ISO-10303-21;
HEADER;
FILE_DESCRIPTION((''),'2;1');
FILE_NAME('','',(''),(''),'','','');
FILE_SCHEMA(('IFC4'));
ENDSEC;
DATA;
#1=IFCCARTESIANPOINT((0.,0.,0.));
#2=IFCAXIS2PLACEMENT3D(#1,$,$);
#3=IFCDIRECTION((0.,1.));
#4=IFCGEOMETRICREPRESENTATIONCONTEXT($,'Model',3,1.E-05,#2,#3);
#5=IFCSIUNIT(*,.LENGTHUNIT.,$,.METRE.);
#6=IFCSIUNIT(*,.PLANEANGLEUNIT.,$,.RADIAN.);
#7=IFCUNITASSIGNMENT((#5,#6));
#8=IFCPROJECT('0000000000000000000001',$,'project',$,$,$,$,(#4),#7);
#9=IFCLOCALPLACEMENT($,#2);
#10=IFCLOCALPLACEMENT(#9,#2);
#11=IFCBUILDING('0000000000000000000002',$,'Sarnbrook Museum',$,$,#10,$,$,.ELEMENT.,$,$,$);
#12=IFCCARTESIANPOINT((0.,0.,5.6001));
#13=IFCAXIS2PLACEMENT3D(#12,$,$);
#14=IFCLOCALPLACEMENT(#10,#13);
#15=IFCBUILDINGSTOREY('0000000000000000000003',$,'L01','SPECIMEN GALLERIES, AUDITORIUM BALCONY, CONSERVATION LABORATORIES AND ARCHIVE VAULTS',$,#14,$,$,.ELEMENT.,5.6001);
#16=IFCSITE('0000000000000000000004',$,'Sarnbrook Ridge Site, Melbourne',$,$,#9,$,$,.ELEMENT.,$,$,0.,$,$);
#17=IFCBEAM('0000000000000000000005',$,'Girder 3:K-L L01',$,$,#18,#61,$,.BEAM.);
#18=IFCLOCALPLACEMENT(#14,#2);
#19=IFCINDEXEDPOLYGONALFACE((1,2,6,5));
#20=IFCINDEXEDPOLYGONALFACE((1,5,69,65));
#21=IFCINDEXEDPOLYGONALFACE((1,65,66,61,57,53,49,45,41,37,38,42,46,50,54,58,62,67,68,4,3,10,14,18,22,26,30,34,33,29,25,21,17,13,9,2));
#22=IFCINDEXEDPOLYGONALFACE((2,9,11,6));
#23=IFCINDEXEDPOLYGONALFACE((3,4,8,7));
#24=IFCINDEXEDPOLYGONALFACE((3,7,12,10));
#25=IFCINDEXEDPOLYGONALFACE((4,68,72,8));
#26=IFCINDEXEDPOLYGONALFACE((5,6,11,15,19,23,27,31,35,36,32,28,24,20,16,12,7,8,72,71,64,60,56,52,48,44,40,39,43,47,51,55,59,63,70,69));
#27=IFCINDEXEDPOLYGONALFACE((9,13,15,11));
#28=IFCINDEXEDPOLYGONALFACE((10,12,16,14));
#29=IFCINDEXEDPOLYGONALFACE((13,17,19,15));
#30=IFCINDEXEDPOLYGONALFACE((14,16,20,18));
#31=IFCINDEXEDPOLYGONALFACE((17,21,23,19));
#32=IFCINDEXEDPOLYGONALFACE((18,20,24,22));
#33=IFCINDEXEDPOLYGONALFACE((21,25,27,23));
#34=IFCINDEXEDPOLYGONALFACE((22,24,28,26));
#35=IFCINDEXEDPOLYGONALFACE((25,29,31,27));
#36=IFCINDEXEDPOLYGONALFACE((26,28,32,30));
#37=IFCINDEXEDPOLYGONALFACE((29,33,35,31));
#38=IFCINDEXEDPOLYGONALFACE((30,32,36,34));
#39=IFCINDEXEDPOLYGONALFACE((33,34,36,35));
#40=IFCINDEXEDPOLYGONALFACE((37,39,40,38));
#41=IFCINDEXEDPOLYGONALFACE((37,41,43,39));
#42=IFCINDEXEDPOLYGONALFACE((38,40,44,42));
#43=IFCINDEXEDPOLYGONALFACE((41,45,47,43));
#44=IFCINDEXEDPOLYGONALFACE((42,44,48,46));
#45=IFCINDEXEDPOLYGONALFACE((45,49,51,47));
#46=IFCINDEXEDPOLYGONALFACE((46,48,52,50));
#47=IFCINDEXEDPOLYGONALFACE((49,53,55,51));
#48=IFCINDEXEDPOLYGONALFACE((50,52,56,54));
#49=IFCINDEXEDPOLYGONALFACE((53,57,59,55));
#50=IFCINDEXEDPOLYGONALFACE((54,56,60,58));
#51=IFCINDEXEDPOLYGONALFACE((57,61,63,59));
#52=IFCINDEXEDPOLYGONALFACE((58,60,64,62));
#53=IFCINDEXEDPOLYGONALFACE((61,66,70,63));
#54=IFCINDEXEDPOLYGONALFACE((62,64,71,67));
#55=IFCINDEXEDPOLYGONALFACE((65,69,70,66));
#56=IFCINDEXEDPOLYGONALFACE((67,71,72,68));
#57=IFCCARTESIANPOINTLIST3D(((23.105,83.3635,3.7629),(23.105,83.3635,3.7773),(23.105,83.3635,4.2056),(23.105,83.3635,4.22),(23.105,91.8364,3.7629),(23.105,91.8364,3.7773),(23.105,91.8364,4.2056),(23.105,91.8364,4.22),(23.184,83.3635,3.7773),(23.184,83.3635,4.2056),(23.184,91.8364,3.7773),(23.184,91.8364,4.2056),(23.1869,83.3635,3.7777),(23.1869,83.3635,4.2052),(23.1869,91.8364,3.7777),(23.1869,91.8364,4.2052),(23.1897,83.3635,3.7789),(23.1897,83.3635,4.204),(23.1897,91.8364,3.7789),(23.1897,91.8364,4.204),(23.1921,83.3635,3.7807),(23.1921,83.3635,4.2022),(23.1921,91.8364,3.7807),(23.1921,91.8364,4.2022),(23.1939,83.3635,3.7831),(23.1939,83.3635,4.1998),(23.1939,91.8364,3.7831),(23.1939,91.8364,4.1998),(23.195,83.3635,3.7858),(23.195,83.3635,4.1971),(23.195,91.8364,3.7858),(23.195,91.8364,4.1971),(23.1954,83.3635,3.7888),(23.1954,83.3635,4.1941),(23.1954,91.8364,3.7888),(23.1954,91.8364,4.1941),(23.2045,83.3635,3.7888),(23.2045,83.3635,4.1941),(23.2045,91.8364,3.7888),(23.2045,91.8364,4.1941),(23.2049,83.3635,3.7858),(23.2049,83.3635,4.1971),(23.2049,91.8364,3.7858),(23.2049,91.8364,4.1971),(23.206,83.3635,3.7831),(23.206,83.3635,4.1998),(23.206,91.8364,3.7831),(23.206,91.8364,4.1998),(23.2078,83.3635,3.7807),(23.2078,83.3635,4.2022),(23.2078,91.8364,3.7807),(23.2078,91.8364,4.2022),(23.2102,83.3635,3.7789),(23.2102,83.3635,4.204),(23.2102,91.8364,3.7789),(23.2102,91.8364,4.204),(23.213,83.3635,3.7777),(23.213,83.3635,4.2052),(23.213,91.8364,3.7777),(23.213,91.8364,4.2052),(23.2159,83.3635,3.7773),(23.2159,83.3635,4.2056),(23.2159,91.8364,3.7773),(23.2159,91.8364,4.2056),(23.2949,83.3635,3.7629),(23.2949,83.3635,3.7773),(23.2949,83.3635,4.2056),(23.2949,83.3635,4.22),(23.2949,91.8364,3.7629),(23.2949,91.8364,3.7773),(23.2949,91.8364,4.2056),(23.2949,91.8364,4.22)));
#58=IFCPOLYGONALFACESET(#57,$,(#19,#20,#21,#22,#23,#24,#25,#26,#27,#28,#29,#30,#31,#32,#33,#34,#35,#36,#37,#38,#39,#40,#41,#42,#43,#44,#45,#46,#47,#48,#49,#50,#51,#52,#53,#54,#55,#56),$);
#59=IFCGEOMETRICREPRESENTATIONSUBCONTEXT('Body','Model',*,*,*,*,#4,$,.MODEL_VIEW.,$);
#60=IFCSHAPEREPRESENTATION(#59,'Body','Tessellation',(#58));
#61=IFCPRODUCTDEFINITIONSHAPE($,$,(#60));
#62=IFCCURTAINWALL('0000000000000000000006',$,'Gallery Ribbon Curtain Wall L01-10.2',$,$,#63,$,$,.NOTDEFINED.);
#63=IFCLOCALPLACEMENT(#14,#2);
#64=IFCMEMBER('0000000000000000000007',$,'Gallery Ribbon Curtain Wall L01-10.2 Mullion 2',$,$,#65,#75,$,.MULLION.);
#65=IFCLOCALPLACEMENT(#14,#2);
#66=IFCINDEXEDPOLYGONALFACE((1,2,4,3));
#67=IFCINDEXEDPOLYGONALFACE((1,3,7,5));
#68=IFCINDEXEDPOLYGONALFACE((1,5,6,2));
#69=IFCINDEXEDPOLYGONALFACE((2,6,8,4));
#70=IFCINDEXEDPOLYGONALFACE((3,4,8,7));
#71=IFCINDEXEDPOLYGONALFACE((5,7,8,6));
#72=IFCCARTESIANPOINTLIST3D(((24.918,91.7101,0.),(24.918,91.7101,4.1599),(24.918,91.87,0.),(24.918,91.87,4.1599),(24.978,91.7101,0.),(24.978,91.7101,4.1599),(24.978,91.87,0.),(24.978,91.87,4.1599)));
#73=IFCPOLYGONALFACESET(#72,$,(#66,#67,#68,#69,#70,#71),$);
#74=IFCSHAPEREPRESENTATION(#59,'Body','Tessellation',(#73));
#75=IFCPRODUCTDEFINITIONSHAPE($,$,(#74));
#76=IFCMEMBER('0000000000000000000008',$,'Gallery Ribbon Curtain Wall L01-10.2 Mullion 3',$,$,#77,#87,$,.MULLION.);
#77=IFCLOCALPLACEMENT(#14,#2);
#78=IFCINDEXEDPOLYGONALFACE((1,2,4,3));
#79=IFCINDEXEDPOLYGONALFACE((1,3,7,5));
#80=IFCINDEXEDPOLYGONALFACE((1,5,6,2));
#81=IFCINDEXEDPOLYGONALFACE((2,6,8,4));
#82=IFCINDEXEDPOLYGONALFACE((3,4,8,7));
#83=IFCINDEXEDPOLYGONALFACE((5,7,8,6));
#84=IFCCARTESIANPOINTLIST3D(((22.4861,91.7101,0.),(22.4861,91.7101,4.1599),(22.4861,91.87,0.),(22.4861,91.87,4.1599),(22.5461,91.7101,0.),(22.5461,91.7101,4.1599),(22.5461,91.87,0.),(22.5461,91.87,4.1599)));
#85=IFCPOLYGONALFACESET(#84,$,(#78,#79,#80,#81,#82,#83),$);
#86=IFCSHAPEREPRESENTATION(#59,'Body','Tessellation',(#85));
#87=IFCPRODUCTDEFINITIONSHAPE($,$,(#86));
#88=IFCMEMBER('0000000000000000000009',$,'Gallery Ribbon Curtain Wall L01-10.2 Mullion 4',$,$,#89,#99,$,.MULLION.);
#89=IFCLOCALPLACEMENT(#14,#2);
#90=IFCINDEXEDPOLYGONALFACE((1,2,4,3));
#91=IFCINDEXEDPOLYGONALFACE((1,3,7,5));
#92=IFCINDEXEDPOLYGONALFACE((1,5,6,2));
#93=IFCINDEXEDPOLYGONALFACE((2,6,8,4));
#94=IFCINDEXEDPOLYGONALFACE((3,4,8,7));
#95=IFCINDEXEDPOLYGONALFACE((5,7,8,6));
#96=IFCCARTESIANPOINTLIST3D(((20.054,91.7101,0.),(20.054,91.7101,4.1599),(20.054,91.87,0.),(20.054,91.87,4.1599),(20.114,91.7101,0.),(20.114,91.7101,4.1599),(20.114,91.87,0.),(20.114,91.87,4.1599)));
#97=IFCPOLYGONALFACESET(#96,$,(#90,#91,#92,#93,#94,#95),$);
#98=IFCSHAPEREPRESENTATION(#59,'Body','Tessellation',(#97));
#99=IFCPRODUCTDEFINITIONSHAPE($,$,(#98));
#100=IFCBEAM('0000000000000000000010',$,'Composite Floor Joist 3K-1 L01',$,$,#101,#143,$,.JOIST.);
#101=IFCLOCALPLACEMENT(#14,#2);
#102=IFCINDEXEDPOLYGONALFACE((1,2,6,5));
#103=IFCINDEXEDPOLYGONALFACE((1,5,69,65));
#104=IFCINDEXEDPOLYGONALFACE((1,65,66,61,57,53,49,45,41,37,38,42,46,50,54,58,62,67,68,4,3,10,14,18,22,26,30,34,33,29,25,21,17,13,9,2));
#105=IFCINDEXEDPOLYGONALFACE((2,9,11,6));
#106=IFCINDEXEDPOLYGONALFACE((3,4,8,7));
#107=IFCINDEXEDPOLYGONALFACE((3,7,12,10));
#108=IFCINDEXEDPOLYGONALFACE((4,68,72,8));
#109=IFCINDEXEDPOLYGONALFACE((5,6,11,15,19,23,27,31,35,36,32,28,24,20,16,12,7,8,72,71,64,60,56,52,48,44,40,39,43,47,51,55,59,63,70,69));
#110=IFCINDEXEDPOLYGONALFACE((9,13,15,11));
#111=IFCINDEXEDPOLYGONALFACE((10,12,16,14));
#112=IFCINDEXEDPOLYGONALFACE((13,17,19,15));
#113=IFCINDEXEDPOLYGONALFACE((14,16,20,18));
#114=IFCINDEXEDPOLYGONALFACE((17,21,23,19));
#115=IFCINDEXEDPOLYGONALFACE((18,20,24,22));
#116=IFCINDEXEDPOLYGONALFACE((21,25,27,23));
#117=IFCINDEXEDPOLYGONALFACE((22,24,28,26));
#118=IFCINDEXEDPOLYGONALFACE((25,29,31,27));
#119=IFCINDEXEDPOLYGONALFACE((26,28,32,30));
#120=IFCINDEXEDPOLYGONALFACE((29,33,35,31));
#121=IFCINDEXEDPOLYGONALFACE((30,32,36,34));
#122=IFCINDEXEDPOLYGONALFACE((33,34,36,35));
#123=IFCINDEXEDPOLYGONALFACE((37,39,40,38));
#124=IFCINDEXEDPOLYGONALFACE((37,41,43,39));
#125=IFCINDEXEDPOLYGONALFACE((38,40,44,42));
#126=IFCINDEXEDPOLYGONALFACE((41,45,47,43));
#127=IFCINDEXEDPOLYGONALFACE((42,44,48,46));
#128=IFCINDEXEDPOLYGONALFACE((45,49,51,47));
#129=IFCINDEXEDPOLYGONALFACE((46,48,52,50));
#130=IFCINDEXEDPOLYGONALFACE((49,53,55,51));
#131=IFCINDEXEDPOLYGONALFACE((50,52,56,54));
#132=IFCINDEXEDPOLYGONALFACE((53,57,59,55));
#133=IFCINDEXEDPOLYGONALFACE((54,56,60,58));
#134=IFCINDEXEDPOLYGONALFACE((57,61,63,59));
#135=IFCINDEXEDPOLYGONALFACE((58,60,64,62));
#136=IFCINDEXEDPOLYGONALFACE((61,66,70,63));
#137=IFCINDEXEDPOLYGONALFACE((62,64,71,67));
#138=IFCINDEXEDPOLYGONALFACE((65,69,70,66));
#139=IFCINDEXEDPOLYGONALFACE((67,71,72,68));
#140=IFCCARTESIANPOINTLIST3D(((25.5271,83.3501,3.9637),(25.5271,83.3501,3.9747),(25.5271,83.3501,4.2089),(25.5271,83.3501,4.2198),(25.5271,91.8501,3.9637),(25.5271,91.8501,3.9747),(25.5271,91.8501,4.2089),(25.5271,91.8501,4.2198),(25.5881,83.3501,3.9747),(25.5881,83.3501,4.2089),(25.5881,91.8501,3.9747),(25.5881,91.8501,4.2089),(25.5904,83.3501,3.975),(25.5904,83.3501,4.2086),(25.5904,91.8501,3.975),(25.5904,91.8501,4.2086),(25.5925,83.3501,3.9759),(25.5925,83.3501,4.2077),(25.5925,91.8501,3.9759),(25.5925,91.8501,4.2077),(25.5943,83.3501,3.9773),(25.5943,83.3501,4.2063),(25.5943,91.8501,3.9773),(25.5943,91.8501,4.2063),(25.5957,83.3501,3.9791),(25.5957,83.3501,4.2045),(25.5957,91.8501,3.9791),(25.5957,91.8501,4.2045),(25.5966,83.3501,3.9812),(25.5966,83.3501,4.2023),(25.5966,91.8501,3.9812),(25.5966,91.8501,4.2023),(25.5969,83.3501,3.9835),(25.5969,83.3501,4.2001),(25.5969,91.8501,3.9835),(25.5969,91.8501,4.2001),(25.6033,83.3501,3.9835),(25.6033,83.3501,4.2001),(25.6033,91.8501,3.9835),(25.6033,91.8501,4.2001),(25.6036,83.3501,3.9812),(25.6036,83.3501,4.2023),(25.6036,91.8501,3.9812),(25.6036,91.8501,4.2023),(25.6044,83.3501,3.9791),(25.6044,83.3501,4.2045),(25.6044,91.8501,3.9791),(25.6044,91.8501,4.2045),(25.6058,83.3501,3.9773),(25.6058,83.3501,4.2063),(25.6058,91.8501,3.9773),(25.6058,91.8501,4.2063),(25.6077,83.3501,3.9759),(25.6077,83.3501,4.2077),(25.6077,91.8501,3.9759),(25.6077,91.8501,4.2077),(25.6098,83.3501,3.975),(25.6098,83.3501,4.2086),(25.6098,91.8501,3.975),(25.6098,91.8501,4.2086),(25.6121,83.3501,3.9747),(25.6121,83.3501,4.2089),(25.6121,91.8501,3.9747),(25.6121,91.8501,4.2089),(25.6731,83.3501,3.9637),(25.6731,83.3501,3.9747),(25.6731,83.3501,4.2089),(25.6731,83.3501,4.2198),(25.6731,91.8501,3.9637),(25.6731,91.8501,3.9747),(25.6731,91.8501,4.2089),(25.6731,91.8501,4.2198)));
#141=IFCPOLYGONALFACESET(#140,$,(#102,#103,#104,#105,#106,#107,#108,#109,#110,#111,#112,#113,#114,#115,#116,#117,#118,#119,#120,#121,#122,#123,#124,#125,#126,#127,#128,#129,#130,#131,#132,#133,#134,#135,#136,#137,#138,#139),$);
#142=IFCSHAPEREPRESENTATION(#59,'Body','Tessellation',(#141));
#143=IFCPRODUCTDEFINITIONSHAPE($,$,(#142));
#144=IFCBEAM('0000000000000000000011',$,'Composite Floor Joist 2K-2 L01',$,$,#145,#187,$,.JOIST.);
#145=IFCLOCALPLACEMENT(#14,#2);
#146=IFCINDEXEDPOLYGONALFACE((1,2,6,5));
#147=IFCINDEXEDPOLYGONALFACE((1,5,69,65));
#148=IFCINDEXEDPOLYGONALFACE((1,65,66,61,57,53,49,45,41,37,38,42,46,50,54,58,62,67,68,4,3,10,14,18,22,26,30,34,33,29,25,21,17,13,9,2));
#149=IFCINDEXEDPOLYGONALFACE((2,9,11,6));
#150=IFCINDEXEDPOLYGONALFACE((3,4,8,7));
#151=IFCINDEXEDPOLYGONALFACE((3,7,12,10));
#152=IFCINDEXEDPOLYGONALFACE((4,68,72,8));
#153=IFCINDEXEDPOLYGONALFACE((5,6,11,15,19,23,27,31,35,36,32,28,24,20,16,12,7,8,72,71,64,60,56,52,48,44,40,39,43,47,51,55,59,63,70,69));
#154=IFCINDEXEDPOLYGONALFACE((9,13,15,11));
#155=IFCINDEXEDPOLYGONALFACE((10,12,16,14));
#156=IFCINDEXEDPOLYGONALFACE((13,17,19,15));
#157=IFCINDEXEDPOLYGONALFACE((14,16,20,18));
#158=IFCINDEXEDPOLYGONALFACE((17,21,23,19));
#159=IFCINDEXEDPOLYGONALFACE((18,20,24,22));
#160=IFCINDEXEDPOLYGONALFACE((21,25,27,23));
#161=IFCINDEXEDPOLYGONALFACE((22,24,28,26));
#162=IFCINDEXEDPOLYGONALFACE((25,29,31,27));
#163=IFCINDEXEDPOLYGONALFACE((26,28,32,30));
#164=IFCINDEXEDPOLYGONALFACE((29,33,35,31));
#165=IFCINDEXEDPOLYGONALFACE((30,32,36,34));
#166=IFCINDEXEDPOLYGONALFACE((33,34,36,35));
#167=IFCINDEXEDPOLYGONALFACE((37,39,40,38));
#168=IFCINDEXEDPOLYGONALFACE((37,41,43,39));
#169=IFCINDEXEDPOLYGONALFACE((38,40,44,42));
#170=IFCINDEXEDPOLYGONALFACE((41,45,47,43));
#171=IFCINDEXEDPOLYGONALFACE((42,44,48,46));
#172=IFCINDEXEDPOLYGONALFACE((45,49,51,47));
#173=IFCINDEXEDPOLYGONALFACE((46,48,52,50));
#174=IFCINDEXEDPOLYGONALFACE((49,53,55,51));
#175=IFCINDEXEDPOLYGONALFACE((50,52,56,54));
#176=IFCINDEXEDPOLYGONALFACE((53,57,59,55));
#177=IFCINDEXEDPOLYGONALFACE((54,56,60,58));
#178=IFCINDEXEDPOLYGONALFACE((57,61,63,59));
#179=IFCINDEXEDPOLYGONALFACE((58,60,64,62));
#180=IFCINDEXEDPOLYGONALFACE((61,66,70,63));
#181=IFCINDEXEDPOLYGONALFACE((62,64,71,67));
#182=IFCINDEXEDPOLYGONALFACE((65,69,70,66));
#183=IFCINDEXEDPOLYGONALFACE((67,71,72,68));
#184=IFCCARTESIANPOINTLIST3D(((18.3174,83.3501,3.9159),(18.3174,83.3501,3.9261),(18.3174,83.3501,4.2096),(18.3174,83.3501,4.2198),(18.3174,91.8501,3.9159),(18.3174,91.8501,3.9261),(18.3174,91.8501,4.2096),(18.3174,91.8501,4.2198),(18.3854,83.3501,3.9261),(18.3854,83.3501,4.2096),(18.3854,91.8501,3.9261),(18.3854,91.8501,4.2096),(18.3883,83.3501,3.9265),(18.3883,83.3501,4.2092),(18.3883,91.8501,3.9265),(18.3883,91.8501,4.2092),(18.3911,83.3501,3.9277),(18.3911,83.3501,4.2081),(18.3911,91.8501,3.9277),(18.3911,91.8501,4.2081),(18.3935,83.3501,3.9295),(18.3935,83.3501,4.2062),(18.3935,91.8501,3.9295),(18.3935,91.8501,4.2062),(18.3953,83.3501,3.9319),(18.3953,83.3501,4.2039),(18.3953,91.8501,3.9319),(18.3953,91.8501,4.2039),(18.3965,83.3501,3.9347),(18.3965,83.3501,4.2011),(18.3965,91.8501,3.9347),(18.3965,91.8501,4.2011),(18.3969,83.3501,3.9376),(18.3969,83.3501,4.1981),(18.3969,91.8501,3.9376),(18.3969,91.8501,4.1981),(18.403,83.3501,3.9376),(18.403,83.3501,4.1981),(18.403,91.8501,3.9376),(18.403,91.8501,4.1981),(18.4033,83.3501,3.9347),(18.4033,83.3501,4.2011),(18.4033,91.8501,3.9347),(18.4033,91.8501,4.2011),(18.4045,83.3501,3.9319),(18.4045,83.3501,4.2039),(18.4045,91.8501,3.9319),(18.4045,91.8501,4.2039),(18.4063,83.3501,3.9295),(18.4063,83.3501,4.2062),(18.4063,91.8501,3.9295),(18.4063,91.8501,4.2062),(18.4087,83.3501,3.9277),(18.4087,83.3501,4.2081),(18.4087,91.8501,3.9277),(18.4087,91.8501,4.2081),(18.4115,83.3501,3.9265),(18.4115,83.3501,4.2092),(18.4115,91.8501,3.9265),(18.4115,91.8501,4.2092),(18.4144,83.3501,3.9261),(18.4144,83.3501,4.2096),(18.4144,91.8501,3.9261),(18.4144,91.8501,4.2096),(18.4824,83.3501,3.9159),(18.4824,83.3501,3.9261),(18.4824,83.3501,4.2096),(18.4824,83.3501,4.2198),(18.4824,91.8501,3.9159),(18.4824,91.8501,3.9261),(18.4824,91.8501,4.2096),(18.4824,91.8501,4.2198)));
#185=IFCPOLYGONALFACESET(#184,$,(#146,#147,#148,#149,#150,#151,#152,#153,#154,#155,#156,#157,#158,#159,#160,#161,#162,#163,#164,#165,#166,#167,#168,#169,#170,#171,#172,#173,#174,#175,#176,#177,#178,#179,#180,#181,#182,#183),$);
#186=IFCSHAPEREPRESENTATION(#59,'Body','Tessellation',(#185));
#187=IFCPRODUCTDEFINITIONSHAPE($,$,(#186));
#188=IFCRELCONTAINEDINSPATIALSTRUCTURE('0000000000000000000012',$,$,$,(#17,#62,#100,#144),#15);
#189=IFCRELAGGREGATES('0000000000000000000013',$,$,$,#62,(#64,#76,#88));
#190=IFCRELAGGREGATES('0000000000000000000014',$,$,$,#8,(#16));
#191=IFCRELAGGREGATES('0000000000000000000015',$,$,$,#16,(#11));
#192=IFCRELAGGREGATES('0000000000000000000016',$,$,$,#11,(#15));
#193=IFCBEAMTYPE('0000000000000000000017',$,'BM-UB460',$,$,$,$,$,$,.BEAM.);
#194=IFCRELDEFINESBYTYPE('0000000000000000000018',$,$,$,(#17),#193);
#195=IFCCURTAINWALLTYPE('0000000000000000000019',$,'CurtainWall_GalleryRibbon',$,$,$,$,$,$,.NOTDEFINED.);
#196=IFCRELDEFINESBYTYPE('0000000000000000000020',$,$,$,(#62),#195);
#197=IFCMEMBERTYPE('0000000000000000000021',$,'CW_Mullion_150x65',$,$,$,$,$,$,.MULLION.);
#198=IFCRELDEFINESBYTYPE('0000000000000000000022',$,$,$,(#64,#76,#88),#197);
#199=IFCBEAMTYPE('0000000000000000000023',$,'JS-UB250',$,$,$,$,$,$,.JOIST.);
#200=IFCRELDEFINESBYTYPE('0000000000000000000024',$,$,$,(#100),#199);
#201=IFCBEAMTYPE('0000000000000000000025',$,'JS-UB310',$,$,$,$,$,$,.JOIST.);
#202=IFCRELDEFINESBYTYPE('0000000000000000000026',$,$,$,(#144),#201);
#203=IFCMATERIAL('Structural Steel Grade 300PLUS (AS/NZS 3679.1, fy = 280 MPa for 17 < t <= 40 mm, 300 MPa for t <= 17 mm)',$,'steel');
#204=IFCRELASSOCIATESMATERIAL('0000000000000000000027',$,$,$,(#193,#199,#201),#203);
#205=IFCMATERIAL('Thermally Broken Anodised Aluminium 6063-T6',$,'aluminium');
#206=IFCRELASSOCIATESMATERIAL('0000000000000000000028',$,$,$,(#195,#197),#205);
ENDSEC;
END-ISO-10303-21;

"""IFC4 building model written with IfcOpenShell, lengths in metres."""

from ifc_helpers import new_model, si_unit, direction, frame, origin, origin_2d, place, context, subcontext, project, spatial, rectangle, i_section, extrude, material, material_profile, profile_set, type_object, element, aggregate, save


model = new_model("IFC4")

# Units and contexts
model_context = context("Model", 3, precision=1e-05, world=origin(), true_north=direction((0.0, 1.0)))
body_context = subcontext(model_context, "Body", "Model", "MODEL_VIEW")
ifc_project = project(units=[si_unit("LENGTHUNIT", "METRE"), si_unit("PLANEANGLEUNIT", "RADIAN")], contexts=[model_context])

# Site, building, storey
site_placement = place(None, origin())
site = spatial("IfcSite", under=ifc_project, at=site_placement, Name="Sarnbrook Ridge Site, Melbourne", CompositionType="ELEMENT", RefElevation=0.0)
building_placement = place(site_placement, origin())
building = spatial("IfcBuilding", under=site, at=building_placement, Name="Sarnbrook Museum", CompositionType="ELEMENT")
storey_placement = place(building_placement, frame((0.0, 0.0, 5.6001)))
storey = spatial("IfcBuildingStorey", under=building, at=storey_placement, Name="L01", Description="SPECIMEN GALLERIES, AUDITORIUM BALCONY, CONSERVATION LABORATORIES AND ARCHIVE VAULTS", CompositionType="ELEMENT", Elevation=5.6001)

# Shared definitions
ifc_material_1 = material(Name="Structural Steel Grade 300PLUS (AS/NZS 3679.1, fy = 280 MPa for 17 < t <= 40 mm, 300 MPa for t <= 17 mm)", Category="steel")

# Beam
ifc_material_profile_1 = material_profile(ifc_material_1, i_section(OverallWidth=0.1899, OverallDepth=0.457, WebThickness=0.009, FlangeThickness=0.0144, FilletRadius=0.0115, at=origin_2d()), Name="460UB74.6")
ifc_profile_set_1 = profile_set([ifc_material_profile_1], Name="Structural Steel Grade 300PLUS (AS/NZS 3679.1, fy = 280 MPa for 17 < t <= 40 mm, 300 MPa for t <= 17 mm)")
beam_type_1 = type_object("IfcBeamType", Name="BM-UB460", PredefinedType="BEAM", material=ifc_profile_set_1)
beam_1_placement = place(storey_placement, frame((23.2, 83.3635, 3.9915), z_axis=(0.0, 1.0, 0.0), x_axis=(-1.0, 0.0, 0.0)))
element("IfcBeam", 1, at=beam_1_placement, inside=storey, type_object=beam_type_1, Name="Girder 3:K-L L01", PredefinedType="BEAM", context=body_context, shape_type="SweptSolid", body=[
    extrude(i_section(OverallWidth=0.1899, OverallDepth=0.457, WebThickness=0.009, FlangeThickness=0.0144, FilletRadius=0.0115, at=origin_2d()), origin(), (0.0, 0.0, 1.0), 8.4729),
])

# Curtain wall, members
ifc_material_2 = material(Name="Thermally Broken Anodised Aluminium 6063-T6", Category="aluminium")
curtain_wall_type = type_object("IfcCurtainWallType", Name="CurtainWall_GalleryRibbon", PredefinedType="NOTDEFINED", material=ifc_material_2)
curtain_wall_placement = place(storey_placement, origin())
curtain_wall = element("IfcCurtainWall", 2, at=curtain_wall_placement, inside=storey, type_object=curtain_wall_type, Name="Gallery Ribbon Curtain Wall L01-10.2", PredefinedType="NOTDEFINED")
ifc_material_profile_2 = material_profile(ifc_material_2, rectangle(XDim=0.0601, YDim=0.1599, at=origin_2d()), Name="ALU MULLION 60x160")
ifc_profile_set_2 = profile_set([ifc_material_profile_2], Name="Thermally Broken Anodised Aluminium 6063-T6")
member_type = type_object("IfcMemberType", Name="CW_Mullion_150x65", PredefinedType="MULLION", material=ifc_profile_set_2)
member_1_placement = place(storey_placement, frame((24.948, 91.79, 0.0), z_axis=(0.0, 0.0, 1.0), x_axis=(1.0, 0.0, 0.0)))
member_1 = element("IfcMember", 3, at=member_1_placement, type_object=member_type, Name="Gallery Ribbon Curtain Wall L01-10.2 Mullion 2", PredefinedType="MULLION", context=body_context, shape_type="SweptSolid", body=[
    extrude(rectangle(XDim=0.0601, YDim=0.1599, at=origin_2d()), origin(), (0.0, 0.0, 1.0), 4.1599),
])
member_2_placement = place(storey_placement, frame((22.5161, 91.79, 0.0), z_axis=(0.0, 0.0, 1.0), x_axis=(1.0, 0.0, 0.0)))
member_2 = element("IfcMember", 4, at=member_2_placement, type_object=member_type, Name="Gallery Ribbon Curtain Wall L01-10.2 Mullion 3", PredefinedType="MULLION", context=body_context, shape_type="SweptSolid", body=[
    extrude(rectangle(XDim=0.0601, YDim=0.1599, at=origin_2d()), origin(), (0.0, 0.0, 1.0), 4.1599),
])
member_3_placement = place(storey_placement, frame((20.084, 91.79, 0.0), z_axis=(0.0, 0.0, 1.0), x_axis=(1.0, 0.0, 0.0)))
member_3 = element("IfcMember", 5, at=member_3_placement, type_object=member_type, Name="Gallery Ribbon Curtain Wall L01-10.2 Mullion 4", PredefinedType="MULLION", context=body_context, shape_type="SweptSolid", body=[
    extrude(rectangle(XDim=0.0601, YDim=0.1599, at=origin_2d()), origin(), (0.0, 0.0, 1.0), 4.1599),
])

# Beams
ifc_material_profile_3 = material_profile(ifc_material_1, i_section(OverallWidth=0.146, OverallDepth=0.2561, WebThickness=0.0063, FlangeThickness=0.011, FilletRadius=0.0088, at=origin_2d()), Name="250UB37.3")
ifc_profile_set_3 = profile_set([ifc_material_profile_3], Name="Structural Steel Grade 300PLUS (AS/NZS 3679.1, fy = 280 MPa for 17 < t <= 40 mm, 300 MPa for t <= 17 mm)")
beam_type_2 = type_object("IfcBeamType", Name="JS-UB250", PredefinedType="JOIST", material=ifc_profile_set_3)
beam_2_placement = place(storey_placement, frame((25.6001, 83.3501, 4.0918), z_axis=(0.0, 1.0, 0.0), x_axis=(-1.0, 0.0, 0.0)))
element("IfcBeam", 6, at=beam_2_placement, inside=storey, type_object=beam_type_2, Name="Composite Floor Joist 3K-1 L01", PredefinedType="JOIST", context=body_context, shape_type="SweptSolid", body=[
    extrude(i_section(OverallWidth=0.146, OverallDepth=0.2561, WebThickness=0.0063, FlangeThickness=0.011, FilletRadius=0.0088, at=origin_2d()), origin(), (0.0, 0.0, 1.0), 8.5),
])
ifc_material_profile_4 = material_profile(ifc_material_1, i_section(OverallWidth=0.165, OverallDepth=0.304, WebThickness=0.0061, FlangeThickness=0.0103, FilletRadius=0.0115, at=origin_2d()), Name="310UB40.4")
ifc_profile_set_4 = profile_set([ifc_material_profile_4], Name="Structural Steel Grade 300PLUS (AS/NZS 3679.1, fy = 280 MPa for 17 < t <= 40 mm, 300 MPa for t <= 17 mm)")
beam_type_3 = type_object("IfcBeamType", Name="JS-UB310", PredefinedType="JOIST", material=ifc_profile_set_4)
for number, where, z_axis, x_axis, name in (
    (7, (18.3999, 83.3501, 4.0679), (0.0, 1.0, 0.0), (-1.0, 0.0, 0.0), "Composite Floor Joist 2K-2 L01"),
):
    element("IfcBeam", number, at=place(storey_placement, frame(where, z_axis=z_axis, x_axis=x_axis)), inside=storey, type_object=beam_type_3, Name=name, PredefinedType="JOIST", context=body_context, shape_type="SweptSolid", body=[
        extrude(i_section(OverallWidth=0.165, OverallDepth=0.304, WebThickness=0.0061, FlangeThickness=0.0103, FilletRadius=0.0115, at=origin_2d()), origin(), (0.0, 0.0, 1.0), 8.5),
    ])

aggregate(curtain_wall, [member_1, member_2, member_3])

save(model, "model.ifc")
